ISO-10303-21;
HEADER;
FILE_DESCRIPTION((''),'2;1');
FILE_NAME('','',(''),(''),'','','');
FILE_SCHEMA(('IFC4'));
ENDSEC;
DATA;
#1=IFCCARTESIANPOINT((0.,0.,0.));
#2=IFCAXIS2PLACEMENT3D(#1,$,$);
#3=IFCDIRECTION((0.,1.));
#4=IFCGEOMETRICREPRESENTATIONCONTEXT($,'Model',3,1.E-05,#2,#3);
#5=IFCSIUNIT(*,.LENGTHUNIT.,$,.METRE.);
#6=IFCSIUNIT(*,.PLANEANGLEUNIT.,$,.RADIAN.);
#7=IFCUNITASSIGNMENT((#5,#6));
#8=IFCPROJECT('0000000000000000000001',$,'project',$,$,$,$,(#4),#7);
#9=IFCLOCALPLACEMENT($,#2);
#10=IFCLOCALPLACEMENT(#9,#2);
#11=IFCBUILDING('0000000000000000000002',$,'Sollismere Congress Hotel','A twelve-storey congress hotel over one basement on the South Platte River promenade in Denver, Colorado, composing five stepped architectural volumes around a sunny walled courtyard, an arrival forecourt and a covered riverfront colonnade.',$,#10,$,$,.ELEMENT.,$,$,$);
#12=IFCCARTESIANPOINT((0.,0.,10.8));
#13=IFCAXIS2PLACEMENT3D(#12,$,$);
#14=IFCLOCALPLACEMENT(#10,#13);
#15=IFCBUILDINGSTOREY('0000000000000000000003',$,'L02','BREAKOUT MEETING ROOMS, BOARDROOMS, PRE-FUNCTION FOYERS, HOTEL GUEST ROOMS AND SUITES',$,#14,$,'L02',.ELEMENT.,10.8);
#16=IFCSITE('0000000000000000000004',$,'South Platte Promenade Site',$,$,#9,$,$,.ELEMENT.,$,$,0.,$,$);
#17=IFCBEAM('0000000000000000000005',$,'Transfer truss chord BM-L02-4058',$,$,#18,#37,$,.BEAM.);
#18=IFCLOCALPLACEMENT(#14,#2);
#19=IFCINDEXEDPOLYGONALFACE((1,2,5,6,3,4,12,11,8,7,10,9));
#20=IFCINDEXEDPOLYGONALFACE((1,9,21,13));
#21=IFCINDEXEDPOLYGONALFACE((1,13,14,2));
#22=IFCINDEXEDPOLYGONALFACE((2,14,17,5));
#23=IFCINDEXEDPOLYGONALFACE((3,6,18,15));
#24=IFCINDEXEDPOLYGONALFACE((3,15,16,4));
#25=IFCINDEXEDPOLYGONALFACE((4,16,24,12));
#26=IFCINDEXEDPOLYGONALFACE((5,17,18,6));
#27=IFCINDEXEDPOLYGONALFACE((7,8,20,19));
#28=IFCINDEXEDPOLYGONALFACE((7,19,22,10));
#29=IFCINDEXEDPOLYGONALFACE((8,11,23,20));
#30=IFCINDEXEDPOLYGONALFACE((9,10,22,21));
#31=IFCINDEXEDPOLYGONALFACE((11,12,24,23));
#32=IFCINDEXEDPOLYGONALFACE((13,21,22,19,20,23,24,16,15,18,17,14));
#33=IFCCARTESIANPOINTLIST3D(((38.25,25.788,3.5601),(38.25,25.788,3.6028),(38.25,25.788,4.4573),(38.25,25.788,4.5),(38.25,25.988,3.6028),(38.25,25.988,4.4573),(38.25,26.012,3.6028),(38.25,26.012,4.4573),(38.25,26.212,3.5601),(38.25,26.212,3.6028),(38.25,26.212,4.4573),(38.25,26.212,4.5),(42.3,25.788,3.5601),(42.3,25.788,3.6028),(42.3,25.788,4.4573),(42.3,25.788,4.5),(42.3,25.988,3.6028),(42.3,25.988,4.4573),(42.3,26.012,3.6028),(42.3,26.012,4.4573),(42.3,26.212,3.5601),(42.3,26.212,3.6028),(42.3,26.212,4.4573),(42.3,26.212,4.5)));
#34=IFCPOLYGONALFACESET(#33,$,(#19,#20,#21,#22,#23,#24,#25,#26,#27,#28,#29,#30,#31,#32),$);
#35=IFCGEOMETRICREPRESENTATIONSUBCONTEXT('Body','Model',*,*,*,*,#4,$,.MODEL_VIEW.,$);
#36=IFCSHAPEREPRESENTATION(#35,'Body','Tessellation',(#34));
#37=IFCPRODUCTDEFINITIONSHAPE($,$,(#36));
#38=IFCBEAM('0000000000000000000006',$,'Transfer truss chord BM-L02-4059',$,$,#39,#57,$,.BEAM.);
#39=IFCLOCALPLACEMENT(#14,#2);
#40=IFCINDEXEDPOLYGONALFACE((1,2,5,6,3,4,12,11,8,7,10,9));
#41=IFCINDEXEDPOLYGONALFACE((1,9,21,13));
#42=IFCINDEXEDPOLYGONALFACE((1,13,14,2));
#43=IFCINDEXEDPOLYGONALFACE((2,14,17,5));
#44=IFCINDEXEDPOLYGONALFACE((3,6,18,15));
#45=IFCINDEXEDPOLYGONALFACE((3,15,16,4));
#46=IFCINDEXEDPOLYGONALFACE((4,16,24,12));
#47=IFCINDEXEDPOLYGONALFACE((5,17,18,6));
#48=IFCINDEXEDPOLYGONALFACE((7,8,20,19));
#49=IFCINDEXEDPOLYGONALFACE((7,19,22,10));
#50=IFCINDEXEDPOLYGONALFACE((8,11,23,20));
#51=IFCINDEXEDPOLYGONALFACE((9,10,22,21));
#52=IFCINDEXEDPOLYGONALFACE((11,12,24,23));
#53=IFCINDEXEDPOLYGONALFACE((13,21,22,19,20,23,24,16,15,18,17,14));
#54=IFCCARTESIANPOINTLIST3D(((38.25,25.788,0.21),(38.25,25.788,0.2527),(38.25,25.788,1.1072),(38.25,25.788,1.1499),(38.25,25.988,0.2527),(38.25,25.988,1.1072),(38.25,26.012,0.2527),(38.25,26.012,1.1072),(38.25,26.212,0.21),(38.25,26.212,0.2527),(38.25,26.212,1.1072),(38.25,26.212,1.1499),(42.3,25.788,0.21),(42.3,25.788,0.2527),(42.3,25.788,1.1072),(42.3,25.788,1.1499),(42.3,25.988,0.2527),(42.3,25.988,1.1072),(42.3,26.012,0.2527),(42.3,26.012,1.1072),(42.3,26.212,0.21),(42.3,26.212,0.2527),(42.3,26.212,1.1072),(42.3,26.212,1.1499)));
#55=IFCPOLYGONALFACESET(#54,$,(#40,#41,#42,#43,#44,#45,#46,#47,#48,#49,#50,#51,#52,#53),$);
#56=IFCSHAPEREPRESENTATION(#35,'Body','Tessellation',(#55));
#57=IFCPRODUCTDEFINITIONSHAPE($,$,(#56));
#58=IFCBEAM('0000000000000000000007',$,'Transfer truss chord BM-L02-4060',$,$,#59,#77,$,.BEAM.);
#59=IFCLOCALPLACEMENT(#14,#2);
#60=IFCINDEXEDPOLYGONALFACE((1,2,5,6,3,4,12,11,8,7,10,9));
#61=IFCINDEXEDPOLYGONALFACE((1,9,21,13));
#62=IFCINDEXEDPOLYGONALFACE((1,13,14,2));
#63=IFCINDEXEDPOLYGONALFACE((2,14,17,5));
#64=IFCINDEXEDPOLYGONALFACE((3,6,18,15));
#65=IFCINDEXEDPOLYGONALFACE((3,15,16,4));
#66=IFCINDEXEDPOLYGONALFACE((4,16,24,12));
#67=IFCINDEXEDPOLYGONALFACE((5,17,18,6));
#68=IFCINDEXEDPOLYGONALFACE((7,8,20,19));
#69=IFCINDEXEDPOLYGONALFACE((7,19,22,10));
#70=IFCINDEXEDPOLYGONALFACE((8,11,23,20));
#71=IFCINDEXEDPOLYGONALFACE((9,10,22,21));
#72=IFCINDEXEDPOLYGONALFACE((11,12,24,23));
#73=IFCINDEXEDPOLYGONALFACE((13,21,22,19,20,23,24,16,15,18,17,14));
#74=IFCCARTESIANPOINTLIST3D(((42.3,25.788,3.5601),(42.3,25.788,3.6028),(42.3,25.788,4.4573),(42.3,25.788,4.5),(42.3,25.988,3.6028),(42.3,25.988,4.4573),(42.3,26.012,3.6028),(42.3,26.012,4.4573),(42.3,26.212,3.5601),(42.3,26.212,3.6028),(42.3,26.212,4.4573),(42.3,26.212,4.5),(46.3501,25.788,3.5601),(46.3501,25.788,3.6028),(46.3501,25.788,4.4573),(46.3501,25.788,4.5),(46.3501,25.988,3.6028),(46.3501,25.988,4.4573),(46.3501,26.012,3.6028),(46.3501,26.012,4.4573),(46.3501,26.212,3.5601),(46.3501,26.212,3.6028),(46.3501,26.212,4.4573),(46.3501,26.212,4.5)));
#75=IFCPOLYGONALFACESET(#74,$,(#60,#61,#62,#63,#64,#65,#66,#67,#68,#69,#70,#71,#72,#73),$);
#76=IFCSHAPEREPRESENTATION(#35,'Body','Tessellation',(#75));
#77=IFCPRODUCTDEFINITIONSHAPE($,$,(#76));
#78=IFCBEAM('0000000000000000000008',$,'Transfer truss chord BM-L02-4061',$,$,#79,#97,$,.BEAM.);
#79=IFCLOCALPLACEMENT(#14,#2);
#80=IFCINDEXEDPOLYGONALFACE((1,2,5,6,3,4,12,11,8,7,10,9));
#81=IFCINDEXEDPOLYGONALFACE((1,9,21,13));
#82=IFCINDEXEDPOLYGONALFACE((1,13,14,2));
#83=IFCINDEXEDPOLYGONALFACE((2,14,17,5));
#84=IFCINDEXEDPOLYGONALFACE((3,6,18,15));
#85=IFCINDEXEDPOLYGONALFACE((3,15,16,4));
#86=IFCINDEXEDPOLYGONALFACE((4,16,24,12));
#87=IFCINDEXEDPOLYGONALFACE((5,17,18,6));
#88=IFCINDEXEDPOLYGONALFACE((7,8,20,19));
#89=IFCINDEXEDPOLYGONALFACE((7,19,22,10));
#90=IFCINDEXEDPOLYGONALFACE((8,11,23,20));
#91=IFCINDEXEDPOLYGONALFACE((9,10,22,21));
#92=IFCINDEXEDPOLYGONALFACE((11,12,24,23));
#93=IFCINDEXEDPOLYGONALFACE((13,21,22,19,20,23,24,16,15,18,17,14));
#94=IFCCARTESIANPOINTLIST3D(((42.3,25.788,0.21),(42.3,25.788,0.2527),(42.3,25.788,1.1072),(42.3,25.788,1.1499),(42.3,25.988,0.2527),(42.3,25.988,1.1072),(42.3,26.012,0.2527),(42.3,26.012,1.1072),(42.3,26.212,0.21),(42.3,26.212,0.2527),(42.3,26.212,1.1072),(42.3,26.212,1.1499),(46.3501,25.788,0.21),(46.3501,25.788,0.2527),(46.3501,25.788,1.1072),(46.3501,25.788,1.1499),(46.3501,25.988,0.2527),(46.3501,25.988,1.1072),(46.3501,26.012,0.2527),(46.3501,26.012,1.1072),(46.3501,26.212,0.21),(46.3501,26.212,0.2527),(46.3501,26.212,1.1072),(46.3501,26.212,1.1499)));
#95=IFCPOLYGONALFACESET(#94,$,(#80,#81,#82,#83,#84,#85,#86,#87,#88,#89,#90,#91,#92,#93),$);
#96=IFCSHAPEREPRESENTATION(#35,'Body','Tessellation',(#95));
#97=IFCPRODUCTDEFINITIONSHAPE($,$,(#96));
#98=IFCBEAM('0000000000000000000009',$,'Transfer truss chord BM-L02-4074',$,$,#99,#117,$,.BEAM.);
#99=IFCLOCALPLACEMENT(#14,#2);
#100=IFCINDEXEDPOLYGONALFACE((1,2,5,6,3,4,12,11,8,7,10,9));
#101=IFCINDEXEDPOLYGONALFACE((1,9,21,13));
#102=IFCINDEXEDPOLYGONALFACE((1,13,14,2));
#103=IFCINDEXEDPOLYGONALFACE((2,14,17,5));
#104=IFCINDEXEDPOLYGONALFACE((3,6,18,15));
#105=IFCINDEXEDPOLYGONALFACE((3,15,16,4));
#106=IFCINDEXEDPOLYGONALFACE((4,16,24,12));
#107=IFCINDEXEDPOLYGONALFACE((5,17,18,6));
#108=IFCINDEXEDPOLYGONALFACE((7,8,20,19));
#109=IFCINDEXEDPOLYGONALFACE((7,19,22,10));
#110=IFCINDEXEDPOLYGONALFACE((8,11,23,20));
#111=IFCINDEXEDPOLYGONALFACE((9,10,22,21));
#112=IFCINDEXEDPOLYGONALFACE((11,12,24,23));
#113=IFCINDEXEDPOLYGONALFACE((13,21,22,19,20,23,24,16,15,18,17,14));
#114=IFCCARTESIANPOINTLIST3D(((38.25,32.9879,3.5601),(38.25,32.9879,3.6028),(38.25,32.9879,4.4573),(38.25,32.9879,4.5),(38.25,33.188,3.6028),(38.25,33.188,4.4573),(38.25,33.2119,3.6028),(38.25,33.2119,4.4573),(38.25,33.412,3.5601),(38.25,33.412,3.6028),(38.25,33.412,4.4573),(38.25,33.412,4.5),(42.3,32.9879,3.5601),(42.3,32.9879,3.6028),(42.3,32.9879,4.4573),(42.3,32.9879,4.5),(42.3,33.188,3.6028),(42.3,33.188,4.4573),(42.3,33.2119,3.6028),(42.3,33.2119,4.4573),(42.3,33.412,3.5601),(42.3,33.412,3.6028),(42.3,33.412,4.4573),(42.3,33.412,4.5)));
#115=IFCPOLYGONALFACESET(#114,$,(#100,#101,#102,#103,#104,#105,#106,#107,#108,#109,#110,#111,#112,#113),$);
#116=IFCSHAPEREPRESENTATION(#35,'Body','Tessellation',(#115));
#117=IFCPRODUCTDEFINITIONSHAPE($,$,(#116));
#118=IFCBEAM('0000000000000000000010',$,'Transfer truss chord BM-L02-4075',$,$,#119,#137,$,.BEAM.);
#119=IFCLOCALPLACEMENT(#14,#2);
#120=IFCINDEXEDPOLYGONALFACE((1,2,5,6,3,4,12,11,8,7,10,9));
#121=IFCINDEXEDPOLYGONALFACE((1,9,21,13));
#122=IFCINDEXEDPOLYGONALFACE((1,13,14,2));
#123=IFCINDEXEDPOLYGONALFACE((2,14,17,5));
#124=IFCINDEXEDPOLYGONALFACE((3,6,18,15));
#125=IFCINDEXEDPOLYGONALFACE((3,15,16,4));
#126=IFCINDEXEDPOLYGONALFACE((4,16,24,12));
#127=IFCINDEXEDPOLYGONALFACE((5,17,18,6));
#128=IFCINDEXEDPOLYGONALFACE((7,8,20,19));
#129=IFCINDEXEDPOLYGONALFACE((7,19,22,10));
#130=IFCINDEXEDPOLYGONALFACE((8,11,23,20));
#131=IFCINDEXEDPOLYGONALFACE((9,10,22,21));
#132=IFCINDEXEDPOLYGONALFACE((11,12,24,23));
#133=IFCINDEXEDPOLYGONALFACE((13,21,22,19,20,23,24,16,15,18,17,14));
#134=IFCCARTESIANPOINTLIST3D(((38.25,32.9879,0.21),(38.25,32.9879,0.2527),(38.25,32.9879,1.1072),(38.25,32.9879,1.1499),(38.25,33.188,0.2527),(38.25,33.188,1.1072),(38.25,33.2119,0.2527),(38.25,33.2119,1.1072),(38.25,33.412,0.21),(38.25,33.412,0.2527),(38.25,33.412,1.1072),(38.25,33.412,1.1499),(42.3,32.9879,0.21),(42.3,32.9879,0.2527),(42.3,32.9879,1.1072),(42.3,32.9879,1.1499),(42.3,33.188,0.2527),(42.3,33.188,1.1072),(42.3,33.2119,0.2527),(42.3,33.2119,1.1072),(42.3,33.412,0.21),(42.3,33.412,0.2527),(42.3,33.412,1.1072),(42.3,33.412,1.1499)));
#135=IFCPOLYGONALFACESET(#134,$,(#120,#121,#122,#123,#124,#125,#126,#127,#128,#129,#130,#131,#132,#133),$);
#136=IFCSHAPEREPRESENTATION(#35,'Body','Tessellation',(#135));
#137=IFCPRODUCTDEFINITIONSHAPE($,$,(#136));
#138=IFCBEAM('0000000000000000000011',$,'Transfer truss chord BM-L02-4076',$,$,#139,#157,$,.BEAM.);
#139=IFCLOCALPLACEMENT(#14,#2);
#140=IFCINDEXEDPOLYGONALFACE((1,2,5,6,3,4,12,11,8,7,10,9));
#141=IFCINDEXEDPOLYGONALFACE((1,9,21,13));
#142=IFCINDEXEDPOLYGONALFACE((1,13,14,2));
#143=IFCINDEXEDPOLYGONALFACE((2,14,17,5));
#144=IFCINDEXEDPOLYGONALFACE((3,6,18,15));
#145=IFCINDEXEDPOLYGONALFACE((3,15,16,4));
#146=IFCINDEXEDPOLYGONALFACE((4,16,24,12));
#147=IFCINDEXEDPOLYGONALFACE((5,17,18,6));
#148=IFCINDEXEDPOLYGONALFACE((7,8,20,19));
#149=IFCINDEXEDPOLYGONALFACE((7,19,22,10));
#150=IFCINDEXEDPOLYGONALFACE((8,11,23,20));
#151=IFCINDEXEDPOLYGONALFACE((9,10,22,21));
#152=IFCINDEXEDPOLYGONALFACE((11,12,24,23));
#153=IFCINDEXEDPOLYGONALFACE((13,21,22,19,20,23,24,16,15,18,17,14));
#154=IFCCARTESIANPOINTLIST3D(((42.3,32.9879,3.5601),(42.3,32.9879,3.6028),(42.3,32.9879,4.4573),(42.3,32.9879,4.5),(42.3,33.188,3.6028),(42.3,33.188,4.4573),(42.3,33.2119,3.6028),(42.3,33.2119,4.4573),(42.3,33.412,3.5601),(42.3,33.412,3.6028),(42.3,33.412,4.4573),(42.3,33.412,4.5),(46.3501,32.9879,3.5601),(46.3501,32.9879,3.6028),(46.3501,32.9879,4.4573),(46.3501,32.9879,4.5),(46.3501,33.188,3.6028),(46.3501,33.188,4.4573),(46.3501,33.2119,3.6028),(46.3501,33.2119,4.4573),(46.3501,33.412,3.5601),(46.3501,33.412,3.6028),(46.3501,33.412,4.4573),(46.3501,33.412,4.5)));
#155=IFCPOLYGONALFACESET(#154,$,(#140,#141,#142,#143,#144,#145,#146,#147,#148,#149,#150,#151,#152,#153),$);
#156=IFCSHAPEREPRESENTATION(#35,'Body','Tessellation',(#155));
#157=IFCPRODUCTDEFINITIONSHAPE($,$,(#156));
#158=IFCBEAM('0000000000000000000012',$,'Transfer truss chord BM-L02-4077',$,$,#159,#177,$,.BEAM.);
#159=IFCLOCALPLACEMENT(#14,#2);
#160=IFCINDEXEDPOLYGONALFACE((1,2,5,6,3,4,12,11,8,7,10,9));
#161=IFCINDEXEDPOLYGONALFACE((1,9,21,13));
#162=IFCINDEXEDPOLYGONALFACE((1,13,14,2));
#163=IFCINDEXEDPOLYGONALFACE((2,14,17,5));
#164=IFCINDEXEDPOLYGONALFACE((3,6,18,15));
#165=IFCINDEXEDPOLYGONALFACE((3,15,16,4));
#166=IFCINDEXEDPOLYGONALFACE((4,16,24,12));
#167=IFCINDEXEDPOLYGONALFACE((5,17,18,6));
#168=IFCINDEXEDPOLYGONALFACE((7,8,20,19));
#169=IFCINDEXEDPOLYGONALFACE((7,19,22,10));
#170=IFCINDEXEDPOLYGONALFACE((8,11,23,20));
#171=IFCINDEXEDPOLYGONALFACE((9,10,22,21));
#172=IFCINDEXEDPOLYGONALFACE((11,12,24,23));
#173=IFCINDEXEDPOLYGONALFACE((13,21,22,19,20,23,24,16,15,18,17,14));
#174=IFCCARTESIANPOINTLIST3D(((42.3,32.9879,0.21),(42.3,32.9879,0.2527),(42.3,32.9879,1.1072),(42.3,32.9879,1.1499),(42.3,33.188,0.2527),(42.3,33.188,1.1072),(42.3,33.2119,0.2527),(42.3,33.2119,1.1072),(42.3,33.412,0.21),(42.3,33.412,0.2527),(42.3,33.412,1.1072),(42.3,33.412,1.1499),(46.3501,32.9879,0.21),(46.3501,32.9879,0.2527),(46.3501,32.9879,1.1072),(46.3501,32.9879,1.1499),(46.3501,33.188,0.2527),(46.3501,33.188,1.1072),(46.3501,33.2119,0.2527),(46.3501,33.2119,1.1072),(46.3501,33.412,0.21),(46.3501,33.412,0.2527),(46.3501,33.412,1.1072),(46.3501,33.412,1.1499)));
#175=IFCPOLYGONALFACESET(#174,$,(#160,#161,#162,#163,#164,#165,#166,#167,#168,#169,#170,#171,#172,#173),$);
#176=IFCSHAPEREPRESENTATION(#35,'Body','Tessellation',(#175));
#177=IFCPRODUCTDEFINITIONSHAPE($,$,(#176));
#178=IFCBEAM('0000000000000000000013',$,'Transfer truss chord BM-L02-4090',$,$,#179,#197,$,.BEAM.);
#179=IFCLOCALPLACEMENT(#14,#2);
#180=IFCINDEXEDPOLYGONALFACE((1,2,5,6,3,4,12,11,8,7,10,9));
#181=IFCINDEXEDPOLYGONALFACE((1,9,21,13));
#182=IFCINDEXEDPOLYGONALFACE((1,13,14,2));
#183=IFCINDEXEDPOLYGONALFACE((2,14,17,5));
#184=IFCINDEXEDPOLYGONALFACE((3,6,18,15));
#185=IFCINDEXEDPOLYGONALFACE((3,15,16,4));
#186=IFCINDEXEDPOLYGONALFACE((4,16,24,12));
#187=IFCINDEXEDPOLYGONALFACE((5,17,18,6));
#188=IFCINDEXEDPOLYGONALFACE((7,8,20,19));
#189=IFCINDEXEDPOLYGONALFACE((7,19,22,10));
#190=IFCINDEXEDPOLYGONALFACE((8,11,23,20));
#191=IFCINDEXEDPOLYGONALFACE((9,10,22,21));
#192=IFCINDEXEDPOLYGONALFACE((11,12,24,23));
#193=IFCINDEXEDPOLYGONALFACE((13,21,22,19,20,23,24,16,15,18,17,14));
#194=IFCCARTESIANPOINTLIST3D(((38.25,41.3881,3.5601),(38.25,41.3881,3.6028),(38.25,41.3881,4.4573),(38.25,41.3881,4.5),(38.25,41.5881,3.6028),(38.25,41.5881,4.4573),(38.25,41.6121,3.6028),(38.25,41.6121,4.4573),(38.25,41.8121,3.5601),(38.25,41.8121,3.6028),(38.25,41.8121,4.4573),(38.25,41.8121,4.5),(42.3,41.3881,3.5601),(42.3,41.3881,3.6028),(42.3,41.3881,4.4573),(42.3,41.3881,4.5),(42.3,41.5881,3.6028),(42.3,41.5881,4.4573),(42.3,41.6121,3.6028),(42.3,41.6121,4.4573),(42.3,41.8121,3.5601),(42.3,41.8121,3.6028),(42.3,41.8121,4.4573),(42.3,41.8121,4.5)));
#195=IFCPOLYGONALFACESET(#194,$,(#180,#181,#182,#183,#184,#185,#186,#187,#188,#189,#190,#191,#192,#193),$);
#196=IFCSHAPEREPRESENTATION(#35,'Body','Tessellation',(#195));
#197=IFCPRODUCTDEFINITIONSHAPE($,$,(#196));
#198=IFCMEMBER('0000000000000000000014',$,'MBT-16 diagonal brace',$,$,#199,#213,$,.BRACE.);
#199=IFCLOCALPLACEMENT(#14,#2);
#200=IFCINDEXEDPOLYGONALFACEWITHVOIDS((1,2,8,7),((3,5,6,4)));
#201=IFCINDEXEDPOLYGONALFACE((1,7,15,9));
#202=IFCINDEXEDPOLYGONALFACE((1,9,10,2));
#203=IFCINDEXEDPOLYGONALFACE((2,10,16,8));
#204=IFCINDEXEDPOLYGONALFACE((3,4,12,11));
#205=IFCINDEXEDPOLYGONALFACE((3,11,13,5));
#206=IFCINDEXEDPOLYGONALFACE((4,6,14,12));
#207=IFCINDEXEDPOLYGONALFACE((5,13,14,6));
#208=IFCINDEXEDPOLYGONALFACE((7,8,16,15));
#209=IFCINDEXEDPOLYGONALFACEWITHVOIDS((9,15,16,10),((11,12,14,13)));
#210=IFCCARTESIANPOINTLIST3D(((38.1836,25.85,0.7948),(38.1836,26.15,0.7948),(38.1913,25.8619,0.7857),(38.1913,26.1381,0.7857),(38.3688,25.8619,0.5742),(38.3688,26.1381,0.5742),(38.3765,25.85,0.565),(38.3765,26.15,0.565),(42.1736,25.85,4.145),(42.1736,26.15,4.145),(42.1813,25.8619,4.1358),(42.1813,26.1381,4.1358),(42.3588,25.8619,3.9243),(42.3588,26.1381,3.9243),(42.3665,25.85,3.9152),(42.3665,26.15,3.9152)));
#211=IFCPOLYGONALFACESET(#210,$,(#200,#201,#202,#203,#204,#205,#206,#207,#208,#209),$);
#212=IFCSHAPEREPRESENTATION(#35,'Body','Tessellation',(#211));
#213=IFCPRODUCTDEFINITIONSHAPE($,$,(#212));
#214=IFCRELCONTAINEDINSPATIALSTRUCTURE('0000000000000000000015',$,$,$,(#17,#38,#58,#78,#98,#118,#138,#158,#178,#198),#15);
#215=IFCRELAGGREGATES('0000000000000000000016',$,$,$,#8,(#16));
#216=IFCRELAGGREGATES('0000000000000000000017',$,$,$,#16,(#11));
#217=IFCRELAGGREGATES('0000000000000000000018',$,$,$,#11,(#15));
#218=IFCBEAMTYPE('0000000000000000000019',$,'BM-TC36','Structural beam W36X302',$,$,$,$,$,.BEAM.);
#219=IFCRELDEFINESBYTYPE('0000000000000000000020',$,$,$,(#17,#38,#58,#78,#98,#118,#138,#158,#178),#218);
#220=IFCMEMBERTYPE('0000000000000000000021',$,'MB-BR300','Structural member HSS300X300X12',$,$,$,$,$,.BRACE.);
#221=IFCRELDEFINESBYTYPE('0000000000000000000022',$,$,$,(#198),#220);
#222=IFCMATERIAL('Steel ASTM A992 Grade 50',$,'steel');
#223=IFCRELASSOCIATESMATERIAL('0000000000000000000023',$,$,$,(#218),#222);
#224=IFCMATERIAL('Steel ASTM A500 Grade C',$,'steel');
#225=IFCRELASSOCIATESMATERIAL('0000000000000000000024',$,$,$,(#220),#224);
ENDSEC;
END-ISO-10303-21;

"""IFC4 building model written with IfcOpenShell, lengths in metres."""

from ifc_helpers import new_model, si_unit, direction, frame, origin, origin_2d, place, context, subcontext, project, spatial, hollow_rectangle, i_section, extrude, material, material_profile, profile_set, type_object, element, save


model = new_model("IFC4")

# Units and contexts
model_context = context("Model", 3, precision=1e-05, world=origin(), true_north=direction((0.0, 1.0)))
body_context = subcontext(model_context, "Body", "Model", "MODEL_VIEW")
ifc_project = project(units=[si_unit("LENGTHUNIT", "METRE"), si_unit("PLANEANGLEUNIT", "RADIAN")], contexts=[model_context])

# Site, building, storey
site_placement = place(None, origin())
site = spatial("IfcSite", under=ifc_project, at=site_placement, Name="South Platte Promenade Site", CompositionType="ELEMENT", RefElevation=0.0)
building_placement = place(site_placement, origin())
building = spatial("IfcBuilding", under=site, at=building_placement, Name="Sollismere Congress Hotel", Description="A twelve-storey congress hotel over one basement on the South Platte River promenade in Denver, Colorado, composing five stepped architectural volumes around a sunny walled courtyard, an arrival forecourt and a covered riverfront colonnade.", CompositionType="ELEMENT")
storey_placement = place(building_placement, frame((0.0, 0.0, 10.8)))
storey = spatial("IfcBuildingStorey", under=building, at=storey_placement, Name="L02", Description="BREAKOUT MEETING ROOMS, BOARDROOMS, PRE-FUNCTION FOYERS, HOTEL GUEST ROOMS AND SUITES", LongName="L02", CompositionType="ELEMENT", Elevation=10.8)

# Beams
ifc_material_1 = material(Name="Steel ASTM A992 Grade 50", Category="steel")
ifc_material_profile_1 = material_profile(ifc_material_1, i_section(OverallWidth=0.4241, OverallDepth=0.9399, WebThickness=0.0239, FlangeThickness=0.0427, at=origin_2d()), Name="W36X302")
ifc_profile_set_1 = profile_set([ifc_material_profile_1], Name="Steel ASTM A992 Grade 50")
beam_type = type_object("IfcBeamType", Name="BM-TC36", Description="Structural beam W36X302", PredefinedType="BEAM", material=ifc_profile_set_1)
for number, where, z_axis, x_axis, name in (
    (1, (38.25, 26.0, 4.03), (1.0, 0.0, 0.0), (0.0, 1.0, 0.0), "Transfer truss chord BM-L02-4058"),
    (2, (38.25, 26.0, 0.6799), (1.0, 0.0, 0.0), (0.0, 1.0, 0.0), "Transfer truss chord BM-L02-4059"),
    (3, (42.3, 26.0, 4.03), (1.0, 0.0, 0.0), (0.0, 1.0, 0.0), "Transfer truss chord BM-L02-4060"),
    (4, (42.3, 26.0, 0.6799), (1.0, 0.0, 0.0), (0.0, 1.0, 0.0), "Transfer truss chord BM-L02-4061"),
    (5, (38.25, 33.2, 4.03), (1.0, 0.0, 0.0), (0.0, 1.0, 0.0), "Transfer truss chord BM-L02-4074"),
    (6, (38.25, 33.2, 0.6799), (1.0, 0.0, 0.0), (0.0, 1.0, 0.0), "Transfer truss chord BM-L02-4075"),
    (7, (42.3, 33.2, 4.03), (1.0, 0.0, 0.0), (0.0, 1.0, 0.0), "Transfer truss chord BM-L02-4076"),
    (8, (42.3, 33.2, 0.6799), (1.0, 0.0, 0.0), (0.0, 1.0, 0.0), "Transfer truss chord BM-L02-4077"),
    (9, (38.25, 41.6001, 4.03), (1.0, 0.0, 0.0), (0.0, 1.0, 0.0), "Transfer truss chord BM-L02-4090"),
):
    element("IfcBeam", number, at=place(storey_placement, frame(where, z_axis=z_axis, x_axis=x_axis)), inside=storey, type_object=beam_type, Name=name, PredefinedType="BEAM", context=body_context, shape_type="SweptSolid", body=[
        extrude(i_section(OverallWidth=0.4241, OverallDepth=0.9399, WebThickness=0.0239, FlangeThickness=0.0427, at=origin_2d()), origin(), (0.0, 0.0, 1.0), 4.05),
    ])

# Member
ifc_material_2 = material(Name="Steel ASTM A500 Grade C", Category="steel")
ifc_material_profile_2 = material_profile(ifc_material_2, hollow_rectangle(XDim=0.3, YDim=0.3, WallThickness=0.012, at=origin_2d()), Name="HSS300X300X12")
ifc_profile_set_2 = profile_set([ifc_material_profile_2], Name="Steel ASTM A500 Grade C")
member_type_1 = type_object("IfcMemberType", Name="MB-BR300", Description="Structural member HSS300X300X12", PredefinedType="BRACE", material=ifc_profile_set_2)
for number, where, z_axis, x_axis, name in (
    (10, (38.28, 26.0, 0.6799), (0.765846, 0.0, 0.643024), (0.0, 1.0, 0.0), "MBT-16 diagonal brace"),
):
    element("IfcMember", number, at=place(storey_placement, frame(where, z_axis=z_axis, x_axis=x_axis)), inside=storey, type_object=member_type_1, Name=name, PredefinedType="BRACE", context=body_context, shape_type="SweptSolid", body=[
        extrude(hollow_rectangle(XDim=0.3, YDim=0.3, WallThickness=0.012, at=origin_2d()), origin(), (0.0, 0.0, 1.0), 5.21),
    ])

save(model, "model.ifc")
